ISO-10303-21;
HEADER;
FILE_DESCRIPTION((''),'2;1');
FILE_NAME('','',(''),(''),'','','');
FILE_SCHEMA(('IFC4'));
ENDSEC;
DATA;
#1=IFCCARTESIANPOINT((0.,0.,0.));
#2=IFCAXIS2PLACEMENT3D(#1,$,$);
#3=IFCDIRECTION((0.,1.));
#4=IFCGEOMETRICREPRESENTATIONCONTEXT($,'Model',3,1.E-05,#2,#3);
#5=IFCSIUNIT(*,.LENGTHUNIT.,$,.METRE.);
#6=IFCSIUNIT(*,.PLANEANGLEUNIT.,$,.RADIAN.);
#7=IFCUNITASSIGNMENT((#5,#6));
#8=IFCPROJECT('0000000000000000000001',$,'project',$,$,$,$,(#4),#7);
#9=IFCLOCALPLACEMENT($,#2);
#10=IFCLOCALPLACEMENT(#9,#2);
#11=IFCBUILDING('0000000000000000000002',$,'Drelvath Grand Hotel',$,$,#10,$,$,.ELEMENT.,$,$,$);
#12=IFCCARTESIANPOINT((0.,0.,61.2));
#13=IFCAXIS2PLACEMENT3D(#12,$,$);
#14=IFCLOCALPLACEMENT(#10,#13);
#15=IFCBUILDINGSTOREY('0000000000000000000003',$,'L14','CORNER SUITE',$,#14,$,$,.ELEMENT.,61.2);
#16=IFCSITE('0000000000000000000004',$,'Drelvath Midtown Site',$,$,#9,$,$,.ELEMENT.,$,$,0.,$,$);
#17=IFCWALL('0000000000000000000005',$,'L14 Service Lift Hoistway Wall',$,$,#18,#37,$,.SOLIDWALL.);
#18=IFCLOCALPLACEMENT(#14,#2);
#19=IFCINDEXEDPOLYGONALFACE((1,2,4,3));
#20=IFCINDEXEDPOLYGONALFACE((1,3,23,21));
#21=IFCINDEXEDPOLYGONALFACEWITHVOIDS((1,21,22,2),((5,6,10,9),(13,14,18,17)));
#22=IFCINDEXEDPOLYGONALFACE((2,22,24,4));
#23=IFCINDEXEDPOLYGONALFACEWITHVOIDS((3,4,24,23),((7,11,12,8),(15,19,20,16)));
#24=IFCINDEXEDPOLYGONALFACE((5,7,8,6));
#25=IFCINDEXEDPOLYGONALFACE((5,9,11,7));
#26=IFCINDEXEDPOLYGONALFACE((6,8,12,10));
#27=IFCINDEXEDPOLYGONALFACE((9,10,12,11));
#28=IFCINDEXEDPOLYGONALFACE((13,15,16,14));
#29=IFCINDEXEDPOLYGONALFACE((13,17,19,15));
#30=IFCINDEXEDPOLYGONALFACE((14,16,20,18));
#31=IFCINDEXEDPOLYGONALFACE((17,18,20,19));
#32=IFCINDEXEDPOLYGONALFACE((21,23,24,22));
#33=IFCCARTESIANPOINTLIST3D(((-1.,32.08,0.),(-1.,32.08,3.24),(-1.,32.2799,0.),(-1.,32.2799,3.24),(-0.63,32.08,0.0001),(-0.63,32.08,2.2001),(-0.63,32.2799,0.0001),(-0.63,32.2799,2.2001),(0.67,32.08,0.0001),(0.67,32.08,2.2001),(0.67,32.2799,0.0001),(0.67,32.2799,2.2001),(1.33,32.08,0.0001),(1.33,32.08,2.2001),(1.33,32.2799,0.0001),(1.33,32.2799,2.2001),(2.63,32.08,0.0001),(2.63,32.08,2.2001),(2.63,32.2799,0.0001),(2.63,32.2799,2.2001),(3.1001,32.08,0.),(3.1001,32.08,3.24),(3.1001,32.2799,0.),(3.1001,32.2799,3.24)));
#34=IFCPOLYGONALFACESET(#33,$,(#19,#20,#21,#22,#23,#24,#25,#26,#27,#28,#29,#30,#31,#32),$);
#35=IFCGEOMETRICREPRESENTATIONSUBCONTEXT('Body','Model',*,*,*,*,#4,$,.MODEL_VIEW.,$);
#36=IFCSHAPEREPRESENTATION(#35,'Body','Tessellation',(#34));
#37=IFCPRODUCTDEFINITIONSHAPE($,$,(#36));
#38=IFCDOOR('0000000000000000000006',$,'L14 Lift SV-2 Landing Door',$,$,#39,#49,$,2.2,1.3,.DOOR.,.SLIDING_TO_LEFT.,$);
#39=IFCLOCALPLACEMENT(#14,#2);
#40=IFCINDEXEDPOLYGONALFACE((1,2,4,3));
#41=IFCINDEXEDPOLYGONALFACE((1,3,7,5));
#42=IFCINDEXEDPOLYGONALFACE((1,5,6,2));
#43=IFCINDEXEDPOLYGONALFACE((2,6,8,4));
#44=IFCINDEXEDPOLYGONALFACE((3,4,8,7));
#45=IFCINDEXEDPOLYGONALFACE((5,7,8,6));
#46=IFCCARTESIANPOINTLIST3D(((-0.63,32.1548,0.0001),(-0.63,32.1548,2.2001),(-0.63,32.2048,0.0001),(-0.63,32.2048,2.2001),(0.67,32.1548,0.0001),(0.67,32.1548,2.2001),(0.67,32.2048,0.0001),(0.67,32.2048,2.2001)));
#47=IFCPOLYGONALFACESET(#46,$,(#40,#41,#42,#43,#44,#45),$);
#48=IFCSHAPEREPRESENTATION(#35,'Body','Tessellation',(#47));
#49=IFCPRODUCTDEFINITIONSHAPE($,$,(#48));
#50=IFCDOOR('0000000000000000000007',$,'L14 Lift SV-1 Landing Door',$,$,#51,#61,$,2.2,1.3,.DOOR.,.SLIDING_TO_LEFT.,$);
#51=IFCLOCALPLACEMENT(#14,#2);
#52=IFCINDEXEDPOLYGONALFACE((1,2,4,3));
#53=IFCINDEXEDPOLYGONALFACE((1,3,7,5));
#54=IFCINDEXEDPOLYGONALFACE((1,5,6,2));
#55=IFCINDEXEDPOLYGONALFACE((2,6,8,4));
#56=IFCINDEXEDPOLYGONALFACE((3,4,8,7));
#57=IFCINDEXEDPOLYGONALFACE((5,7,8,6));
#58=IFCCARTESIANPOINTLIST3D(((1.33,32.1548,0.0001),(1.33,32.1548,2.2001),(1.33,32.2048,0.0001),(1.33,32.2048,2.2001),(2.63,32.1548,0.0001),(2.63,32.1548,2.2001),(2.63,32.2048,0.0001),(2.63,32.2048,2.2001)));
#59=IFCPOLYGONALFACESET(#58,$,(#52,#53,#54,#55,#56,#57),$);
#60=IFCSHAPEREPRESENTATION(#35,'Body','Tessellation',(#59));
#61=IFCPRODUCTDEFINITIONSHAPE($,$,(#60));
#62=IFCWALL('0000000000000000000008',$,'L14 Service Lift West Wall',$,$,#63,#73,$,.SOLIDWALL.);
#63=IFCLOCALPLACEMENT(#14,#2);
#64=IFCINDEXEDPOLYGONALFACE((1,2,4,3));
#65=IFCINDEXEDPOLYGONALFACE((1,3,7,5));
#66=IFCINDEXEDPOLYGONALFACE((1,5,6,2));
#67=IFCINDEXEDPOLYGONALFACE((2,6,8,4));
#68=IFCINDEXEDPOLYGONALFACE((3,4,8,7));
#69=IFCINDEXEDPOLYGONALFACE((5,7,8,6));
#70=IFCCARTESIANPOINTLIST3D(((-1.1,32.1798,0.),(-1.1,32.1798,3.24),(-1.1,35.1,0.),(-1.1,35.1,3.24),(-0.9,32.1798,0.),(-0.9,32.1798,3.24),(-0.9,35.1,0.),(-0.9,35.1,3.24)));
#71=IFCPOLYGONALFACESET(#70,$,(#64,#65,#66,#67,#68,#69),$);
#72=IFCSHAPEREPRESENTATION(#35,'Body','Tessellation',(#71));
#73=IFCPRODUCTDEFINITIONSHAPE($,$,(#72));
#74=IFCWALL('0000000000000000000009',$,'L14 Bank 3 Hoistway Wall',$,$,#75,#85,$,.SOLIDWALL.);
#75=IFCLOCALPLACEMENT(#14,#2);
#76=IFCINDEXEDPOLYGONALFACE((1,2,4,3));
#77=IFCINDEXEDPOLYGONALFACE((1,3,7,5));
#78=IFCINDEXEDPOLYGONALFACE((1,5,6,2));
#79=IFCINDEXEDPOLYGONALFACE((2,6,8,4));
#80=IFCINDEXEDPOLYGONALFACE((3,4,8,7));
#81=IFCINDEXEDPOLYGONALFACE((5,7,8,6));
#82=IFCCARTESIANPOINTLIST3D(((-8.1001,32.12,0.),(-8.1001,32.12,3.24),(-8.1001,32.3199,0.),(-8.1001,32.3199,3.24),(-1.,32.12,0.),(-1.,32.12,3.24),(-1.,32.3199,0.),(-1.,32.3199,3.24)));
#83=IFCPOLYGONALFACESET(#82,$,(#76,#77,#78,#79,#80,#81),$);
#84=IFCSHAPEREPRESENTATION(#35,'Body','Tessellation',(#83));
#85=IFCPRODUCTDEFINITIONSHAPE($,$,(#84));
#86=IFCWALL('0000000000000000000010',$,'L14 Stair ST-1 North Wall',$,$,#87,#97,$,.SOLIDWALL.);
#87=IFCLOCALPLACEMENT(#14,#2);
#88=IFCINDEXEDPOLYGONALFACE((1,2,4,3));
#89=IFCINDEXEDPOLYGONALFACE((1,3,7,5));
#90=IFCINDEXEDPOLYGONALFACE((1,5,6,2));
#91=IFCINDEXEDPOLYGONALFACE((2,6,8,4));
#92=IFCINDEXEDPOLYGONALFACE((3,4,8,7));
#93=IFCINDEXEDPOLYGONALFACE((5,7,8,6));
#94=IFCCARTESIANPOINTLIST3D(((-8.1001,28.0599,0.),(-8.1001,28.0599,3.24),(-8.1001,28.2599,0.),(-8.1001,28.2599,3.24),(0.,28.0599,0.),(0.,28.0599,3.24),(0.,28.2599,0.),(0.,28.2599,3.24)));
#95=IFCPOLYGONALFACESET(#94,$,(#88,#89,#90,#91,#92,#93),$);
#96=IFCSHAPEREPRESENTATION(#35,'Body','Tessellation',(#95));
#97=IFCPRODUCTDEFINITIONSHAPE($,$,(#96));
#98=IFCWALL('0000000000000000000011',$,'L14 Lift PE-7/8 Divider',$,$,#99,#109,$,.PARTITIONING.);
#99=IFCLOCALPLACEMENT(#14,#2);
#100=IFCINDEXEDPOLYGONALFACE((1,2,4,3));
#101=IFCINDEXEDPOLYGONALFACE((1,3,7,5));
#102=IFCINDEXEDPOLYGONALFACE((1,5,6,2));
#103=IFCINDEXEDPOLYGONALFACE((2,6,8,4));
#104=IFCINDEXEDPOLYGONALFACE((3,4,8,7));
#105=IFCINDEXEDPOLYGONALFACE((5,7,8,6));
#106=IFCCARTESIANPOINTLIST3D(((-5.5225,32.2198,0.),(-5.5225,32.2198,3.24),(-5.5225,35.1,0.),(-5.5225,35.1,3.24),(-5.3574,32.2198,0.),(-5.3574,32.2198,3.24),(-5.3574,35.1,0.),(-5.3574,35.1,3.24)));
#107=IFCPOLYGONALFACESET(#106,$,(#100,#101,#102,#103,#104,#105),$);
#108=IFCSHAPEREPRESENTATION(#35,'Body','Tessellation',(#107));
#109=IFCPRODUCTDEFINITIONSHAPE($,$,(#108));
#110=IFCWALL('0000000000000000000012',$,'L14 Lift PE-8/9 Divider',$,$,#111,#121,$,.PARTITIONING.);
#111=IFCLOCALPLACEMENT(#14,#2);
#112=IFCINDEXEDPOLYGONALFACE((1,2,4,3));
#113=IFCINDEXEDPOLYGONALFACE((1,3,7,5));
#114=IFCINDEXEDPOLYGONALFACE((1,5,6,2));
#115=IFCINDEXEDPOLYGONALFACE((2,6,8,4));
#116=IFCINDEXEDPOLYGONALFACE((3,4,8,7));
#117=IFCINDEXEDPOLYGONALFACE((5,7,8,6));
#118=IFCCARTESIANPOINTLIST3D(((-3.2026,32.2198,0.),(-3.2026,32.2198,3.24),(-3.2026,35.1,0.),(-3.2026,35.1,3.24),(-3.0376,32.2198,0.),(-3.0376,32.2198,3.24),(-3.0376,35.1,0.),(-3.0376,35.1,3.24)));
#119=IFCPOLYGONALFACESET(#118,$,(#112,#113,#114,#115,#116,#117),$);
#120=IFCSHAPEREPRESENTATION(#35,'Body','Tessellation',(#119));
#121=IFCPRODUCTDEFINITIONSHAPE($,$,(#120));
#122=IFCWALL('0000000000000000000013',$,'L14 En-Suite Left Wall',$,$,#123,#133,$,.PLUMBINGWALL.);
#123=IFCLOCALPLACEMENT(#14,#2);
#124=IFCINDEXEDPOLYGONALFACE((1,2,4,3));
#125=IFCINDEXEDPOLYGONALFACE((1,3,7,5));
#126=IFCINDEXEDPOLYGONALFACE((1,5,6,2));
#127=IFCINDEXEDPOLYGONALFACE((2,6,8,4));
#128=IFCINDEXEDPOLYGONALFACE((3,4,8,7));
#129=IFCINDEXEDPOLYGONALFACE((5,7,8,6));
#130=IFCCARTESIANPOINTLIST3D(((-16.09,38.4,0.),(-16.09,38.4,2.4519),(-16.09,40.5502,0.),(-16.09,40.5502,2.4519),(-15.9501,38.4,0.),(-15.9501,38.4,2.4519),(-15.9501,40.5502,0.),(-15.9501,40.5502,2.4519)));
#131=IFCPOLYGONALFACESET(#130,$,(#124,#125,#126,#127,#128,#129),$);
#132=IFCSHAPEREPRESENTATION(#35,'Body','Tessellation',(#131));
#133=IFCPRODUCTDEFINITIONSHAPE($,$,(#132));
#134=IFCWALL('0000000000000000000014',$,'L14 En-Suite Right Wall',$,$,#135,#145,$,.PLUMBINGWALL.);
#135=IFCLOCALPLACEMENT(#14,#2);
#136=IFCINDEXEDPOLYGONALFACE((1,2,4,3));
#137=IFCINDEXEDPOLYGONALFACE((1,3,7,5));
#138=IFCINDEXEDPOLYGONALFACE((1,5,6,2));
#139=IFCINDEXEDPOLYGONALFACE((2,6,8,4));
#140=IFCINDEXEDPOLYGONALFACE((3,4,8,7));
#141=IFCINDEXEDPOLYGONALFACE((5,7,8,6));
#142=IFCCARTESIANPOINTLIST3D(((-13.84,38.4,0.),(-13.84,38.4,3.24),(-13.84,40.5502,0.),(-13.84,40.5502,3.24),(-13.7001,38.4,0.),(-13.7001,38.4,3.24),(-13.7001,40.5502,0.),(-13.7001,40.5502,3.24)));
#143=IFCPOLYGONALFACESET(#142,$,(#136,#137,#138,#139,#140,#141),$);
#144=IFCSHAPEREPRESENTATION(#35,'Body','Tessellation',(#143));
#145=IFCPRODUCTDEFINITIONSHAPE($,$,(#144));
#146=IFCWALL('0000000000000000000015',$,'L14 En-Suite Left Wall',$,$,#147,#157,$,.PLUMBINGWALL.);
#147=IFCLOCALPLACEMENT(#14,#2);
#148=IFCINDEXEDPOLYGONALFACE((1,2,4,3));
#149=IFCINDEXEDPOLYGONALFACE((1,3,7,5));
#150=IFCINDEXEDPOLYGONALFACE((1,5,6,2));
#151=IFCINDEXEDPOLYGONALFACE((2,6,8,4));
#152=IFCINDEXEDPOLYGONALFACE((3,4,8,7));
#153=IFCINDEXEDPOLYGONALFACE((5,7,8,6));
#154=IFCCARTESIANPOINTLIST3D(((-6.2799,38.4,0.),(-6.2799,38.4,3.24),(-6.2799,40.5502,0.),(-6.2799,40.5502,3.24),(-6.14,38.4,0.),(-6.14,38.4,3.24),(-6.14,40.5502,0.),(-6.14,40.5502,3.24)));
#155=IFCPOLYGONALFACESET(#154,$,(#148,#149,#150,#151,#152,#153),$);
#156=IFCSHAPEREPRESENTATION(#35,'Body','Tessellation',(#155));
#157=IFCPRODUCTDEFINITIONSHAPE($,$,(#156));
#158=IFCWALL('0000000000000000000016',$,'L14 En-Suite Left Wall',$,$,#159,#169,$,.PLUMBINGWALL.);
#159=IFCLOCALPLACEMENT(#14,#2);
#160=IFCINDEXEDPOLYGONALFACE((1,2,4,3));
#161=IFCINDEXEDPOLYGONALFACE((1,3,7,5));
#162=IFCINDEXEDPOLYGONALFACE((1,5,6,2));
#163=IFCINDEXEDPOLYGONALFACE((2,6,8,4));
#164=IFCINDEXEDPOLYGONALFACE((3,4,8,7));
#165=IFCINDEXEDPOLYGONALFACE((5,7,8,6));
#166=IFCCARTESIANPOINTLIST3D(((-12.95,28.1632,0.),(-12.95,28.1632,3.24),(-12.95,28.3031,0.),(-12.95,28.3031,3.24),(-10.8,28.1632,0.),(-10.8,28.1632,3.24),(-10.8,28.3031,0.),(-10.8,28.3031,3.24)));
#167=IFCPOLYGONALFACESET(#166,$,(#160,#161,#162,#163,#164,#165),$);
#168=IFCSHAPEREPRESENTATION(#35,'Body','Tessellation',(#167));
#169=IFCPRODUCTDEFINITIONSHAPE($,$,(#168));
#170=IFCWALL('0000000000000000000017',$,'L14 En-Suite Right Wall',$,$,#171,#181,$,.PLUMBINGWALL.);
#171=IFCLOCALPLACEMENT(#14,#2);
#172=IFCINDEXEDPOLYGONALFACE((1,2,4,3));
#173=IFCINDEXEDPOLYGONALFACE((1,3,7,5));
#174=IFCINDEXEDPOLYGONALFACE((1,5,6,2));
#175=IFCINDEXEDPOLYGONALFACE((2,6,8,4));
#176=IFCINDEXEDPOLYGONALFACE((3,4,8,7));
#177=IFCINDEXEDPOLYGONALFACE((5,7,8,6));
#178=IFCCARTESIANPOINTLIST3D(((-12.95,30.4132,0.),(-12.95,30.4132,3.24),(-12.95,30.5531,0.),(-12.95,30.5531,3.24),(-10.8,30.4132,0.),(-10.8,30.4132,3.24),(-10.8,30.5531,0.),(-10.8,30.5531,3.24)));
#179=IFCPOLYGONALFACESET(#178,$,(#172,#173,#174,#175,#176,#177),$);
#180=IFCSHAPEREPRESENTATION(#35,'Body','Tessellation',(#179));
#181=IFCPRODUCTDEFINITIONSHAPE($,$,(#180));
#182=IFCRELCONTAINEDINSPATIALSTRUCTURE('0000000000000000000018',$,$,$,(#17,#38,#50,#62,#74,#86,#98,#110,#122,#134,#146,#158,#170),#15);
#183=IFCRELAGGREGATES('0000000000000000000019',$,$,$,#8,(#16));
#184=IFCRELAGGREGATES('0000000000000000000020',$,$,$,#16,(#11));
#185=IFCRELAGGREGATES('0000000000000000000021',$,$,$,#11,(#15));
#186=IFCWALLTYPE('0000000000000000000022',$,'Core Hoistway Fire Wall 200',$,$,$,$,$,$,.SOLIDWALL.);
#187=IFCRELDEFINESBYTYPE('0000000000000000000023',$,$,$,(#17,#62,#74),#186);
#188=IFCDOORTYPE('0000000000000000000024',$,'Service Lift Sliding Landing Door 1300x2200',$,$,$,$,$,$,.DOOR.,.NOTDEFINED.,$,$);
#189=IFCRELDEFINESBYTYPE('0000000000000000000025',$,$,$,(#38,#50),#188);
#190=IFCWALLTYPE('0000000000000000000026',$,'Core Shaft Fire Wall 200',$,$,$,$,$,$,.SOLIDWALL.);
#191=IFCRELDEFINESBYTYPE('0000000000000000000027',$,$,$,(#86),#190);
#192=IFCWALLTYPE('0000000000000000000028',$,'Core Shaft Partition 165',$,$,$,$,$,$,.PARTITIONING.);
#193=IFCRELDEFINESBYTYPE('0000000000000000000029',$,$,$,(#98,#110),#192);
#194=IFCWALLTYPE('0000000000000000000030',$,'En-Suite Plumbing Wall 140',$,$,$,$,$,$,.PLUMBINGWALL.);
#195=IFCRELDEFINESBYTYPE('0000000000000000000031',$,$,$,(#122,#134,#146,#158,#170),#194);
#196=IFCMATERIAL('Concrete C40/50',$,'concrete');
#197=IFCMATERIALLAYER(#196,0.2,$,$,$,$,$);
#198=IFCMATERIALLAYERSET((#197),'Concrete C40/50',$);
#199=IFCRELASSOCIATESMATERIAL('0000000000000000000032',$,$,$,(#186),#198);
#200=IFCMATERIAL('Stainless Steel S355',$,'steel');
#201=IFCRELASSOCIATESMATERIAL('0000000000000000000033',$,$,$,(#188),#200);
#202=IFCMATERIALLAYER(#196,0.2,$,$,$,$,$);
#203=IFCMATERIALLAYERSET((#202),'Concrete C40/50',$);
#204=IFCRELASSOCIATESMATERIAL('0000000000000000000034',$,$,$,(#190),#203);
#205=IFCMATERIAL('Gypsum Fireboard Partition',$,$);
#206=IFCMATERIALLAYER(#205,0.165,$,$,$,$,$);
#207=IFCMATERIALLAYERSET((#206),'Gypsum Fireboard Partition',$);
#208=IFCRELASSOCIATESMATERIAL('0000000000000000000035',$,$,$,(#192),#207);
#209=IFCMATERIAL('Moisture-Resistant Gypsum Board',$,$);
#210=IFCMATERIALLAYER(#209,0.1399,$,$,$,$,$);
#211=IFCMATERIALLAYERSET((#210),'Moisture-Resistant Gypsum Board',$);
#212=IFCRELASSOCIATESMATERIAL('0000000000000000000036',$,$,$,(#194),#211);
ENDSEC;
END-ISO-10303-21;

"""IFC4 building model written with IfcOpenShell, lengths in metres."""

from ifc_helpers import new_model, si_unit, direction, frame, frame_2d, origin, place, context, subcontext, project, spatial, rectangle, extrude, material, layer, layer_set, type_object, element, fill, save


model = new_model("IFC4")

# Units and contexts
model_context = context("Model", 3, precision=1e-05, world=origin(), true_north=direction((0.0, 1.0)))
body_context = subcontext(model_context, "Body", "Model", "MODEL_VIEW")
ifc_project = project(units=[si_unit("LENGTHUNIT", "METRE"), si_unit("PLANEANGLEUNIT", "RADIAN")], contexts=[model_context])

# Site, building, storey
site_placement = place(None, origin())
site = spatial("IfcSite", under=ifc_project, at=site_placement, Name="Drelvath Midtown Site", CompositionType="ELEMENT", RefElevation=0.0)
building_placement = place(site_placement, origin())
building = spatial("IfcBuilding", under=site, at=building_placement, Name="Drelvath Grand Hotel", CompositionType="ELEMENT")
storey_placement = place(building_placement, frame((0.0, 0.0, 61.2)))
storey = spatial("IfcBuildingStorey", under=building, at=storey_placement, Name="L14", Description="CORNER SUITE", CompositionType="ELEMENT", Elevation=61.2)

# Wall, openings, doors
ifc_material_1 = material(Name="Concrete C40/50", Category="concrete")
ifc_layer_1 = layer(ifc_material_1, 0.2)
ifc_layer_set_1 = layer_set([ifc_layer_1], Name="Concrete C40/50")
wall_type_1 = type_object("IfcWallType", Name="Core Hoistway Fire Wall 200", PredefinedType="SOLIDWALL", material=ifc_layer_set_1)
wall_1_placement = place(storey_placement, frame((-1.0, 32.1799, 0.0), z_axis=(0.0, 0.0, 1.0), x_axis=(1.0, 0.0, 0.0)))
wall_1 = element("IfcWall", 1, at=wall_1_placement, inside=storey, type_object=wall_type_1, Name="L14 Service Lift Hoistway Wall", PredefinedType="SOLIDWALL", context=body_context, shape_type="SweptSolid", body=[
    extrude(rectangle(XDim=4.1001, YDim=0.2, at=frame_2d((2.05, 0.0))), origin(), (0.0, 0.0, 1.0), 3.24),
])
opening_1_placement = place(wall_1_placement, frame((0.3701, 0.0, 0.0)))
opening_1 = element("IfcOpeningElement", 2, at=opening_1_placement, cuts=wall_1, PredefinedType="OPENING", context=body_context, shape_type="SweptSolid", body=[
    extrude(rectangle(XDim=1.3, YDim=2.2, at=frame_2d((0.6499, 1.1001))), frame((0.0, 0.1099, 0.0), z_axis=(0.0, -1.0, 0.0), x_axis=(1.0, 0.0, 0.0)), (0.0, 0.0, 1.0), 0.22),
])
opening_2_placement = place(wall_1_placement, frame((2.3301, 0.0, 0.0)))
opening_2 = element("IfcOpeningElement", 3, at=opening_2_placement, cuts=wall_1, PredefinedType="OPENING", context=body_context, shape_type="SweptSolid", body=[
    extrude(rectangle(XDim=1.3, YDim=2.2, at=frame_2d((0.6499, 1.1001))), frame((0.0, 0.1099, 0.0), z_axis=(0.0, -1.0, 0.0), x_axis=(1.0, 0.0, 0.0)), (0.0, 0.0, 1.0), 0.22),
])
ifc_material_2 = material(Name="Stainless Steel S355", Category="steel")
door_type_1 = type_object("IfcDoorType", Name="Service Lift Sliding Landing Door 1300x2200", OperationType="NOTDEFINED", PredefinedType="DOOR", material=ifc_material_2)
door_1_placement = place(opening_1_placement, origin())
door_1 = element("IfcDoor", 4, at=door_1_placement, inside=storey, type_object=door_type_1, Name="L14 Lift SV-2 Landing Door", OperationType="SLIDING_TO_LEFT", OverallHeight=2.2, OverallWidth=1.3, PredefinedType="DOOR", context=body_context, shape_type="SweptSolid", body=[
    extrude(rectangle(XDim=1.3, YDim=2.2, at=frame_2d((0.6499, 1.1001))), frame((0.0, 0.0249, 0.0), z_axis=(0.0, -1.0, 0.0), x_axis=(1.0, 0.0, 0.0)), (0.0, 0.0, 1.0), 0.05),
])
fill(opening_1, door_1)
door_2_placement = place(opening_2_placement, origin())
door_2 = element("IfcDoor", 5, at=door_2_placement, inside=storey, type_object=door_type_1, Name="L14 Lift SV-1 Landing Door", OperationType="SLIDING_TO_LEFT", OverallHeight=2.2, OverallWidth=1.3, PredefinedType="DOOR", context=body_context, shape_type="SweptSolid", body=[
    extrude(rectangle(XDim=1.3, YDim=2.2, at=frame_2d((0.6499, 1.1001))), frame((0.0, 0.0249, 0.0), z_axis=(0.0, -1.0, 0.0), x_axis=(1.0, 0.0, 0.0)), (0.0, 0.0, 1.0), 0.05),
])
fill(opening_2, door_2)

# Walls
wall_2_placement = place(storey_placement, frame((-1.0, 32.1799, 0.0), z_axis=(0.0, 0.0, 1.0), x_axis=(0.0, 1.0, 0.0)))
element("IfcWall", 6, at=wall_2_placement, inside=storey, type_object=wall_type_1, Name="L14 Service Lift West Wall", PredefinedType="SOLIDWALL", context=body_context, shape_type="SweptSolid", body=[
    extrude(rectangle(XDim=2.9202, YDim=0.2, at=frame_2d((1.46, 0.0))), origin(), (0.0, 0.0, 1.0), 3.24),
])
wall_3_placement = place(storey_placement, frame((-8.1001, 32.22, 0.0), z_axis=(0.0, 0.0, 1.0), x_axis=(1.0, 0.0, 0.0)))
element("IfcWall", 7, at=wall_3_placement, inside=storey, type_object=wall_type_1, Name="L14 Bank 3 Hoistway Wall", PredefinedType="SOLIDWALL", context=body_context, shape_type="SweptSolid", body=[
    extrude(rectangle(XDim=7.1001, YDim=0.2, at=frame_2d((3.55, 0.0))), origin(), (0.0, 0.0, 1.0), 3.24),
])
ifc_layer_2 = layer(ifc_material_1, 0.2)
ifc_layer_set_2 = layer_set([ifc_layer_2], Name="Concrete C40/50")
wall_type_2 = type_object("IfcWallType", Name="Core Shaft Fire Wall 200", PredefinedType="SOLIDWALL", material=ifc_layer_set_2)
wall_4_placement = place(storey_placement, frame((-8.1001, 28.1599, 0.0), z_axis=(0.0, 0.0, 1.0), x_axis=(1.0, 0.0, 0.0)))
element("IfcWall", 8, at=wall_4_placement, inside=storey, type_object=wall_type_2, Name="L14 Stair ST-1 North Wall", PredefinedType="SOLIDWALL", context=body_context, shape_type="SweptSolid", body=[
    extrude(rectangle(XDim=8.1001, YDim=0.2, at=frame_2d((4.05, 0.0))), origin(), (0.0, 0.0, 1.0), 3.24),
])
ifc_material_3 = material(Name="Gypsum Fireboard Partition")
ifc_layer_3 = layer(ifc_material_3, 0.165)
ifc_layer_set_3 = layer_set([ifc_layer_3], Name="Gypsum Fireboard Partition")
wall_type_3 = type_object("IfcWallType", Name="Core Shaft Partition 165", PredefinedType="PARTITIONING", material=ifc_layer_set_3)
for number, where, z_axis, x_axis, name in (
    (9, (-5.4399, 32.22, 0.0), (0.0, 0.0, 1.0), (0.0, 1.0, 0.0), "L14 Lift PE-7/8 Divider"),
    (10, (-3.1201, 32.22, 0.0), (0.0, 0.0, 1.0), (0.0, 1.0, 0.0), "L14 Lift PE-8/9 Divider"),
):
    element("IfcWall", number, at=place(storey_placement, frame(where, z_axis=z_axis, x_axis=x_axis)), inside=storey, type_object=wall_type_3, Name=name, PredefinedType="PARTITIONING", context=body_context, shape_type="SweptSolid", body=[
        extrude(rectangle(XDim=2.8801, YDim=0.165, at=frame_2d((1.4399, 0.0))), origin(), (0.0, 0.0, 1.0), 3.24),
    ])
ifc_material_4 = material(Name="Moisture-Resistant Gypsum Board")
ifc_layer_4 = layer(ifc_material_4, 0.1399)
ifc_layer_set_4 = layer_set([ifc_layer_4], Name="Moisture-Resistant Gypsum Board")
wall_type_4 = type_object("IfcWallType", Name="En-Suite Plumbing Wall 140", PredefinedType="PLUMBINGWALL", material=ifc_layer_set_4)
wall_5_placement = place(storey_placement, frame((-16.02, 38.3999, 0.0), z_axis=(0.0, 0.0, 1.0), x_axis=(0.0, 1.0, 0.0)))
element("IfcWall", 11, at=wall_5_placement, inside=storey, type_object=wall_type_4, Name="L14 En-Suite Left Wall", PredefinedType="PLUMBINGWALL", context=body_context, shape_type="SweptSolid", body=[
    extrude(rectangle(XDim=2.1501, YDim=0.1399, at=frame_2d((1.0752, 0.0))), origin(), (0.0, 0.0, 1.0), 2.4519),
])
for number, where, z_axis, x_axis, name in (
    (12, (-13.77, 38.3999, 0.0), (0.0, 0.0, 1.0), (0.0, 1.0, 0.0), "L14 En-Suite Right Wall"),
    (13, (-6.21, 38.3999, 0.0), (0.0, 0.0, 1.0), (0.0, 1.0, 0.0), "L14 En-Suite Left Wall"),
):
    element("IfcWall", number, at=place(storey_placement, frame(where, z_axis=z_axis, x_axis=x_axis)), inside=storey, type_object=wall_type_4, Name=name, PredefinedType="PLUMBINGWALL", context=body_context, shape_type="SweptSolid", body=[
        extrude(rectangle(XDim=2.1501, YDim=0.1399, at=frame_2d((1.0752, 0.0))), origin(), (0.0, 0.0, 1.0), 3.24),
    ])
for number, where, z_axis, x_axis, name in (
    (14, (-10.8, 28.2332, 0.0), (0.0, 0.0, 1.0), (-1.0, 0.0, 0.0), "L14 En-Suite Left Wall"),
    (15, (-10.8, 30.4832, 0.0), (0.0, 0.0, 1.0), (-1.0, 0.0, 0.0), "L14 En-Suite Right Wall"),
):
    element("IfcWall", number, at=place(storey_placement, frame(where, z_axis=z_axis, x_axis=x_axis)), inside=storey, type_object=wall_type_4, Name=name, PredefinedType="PLUMBINGWALL", context=body_context, shape_type="SweptSolid", body=[
        extrude(rectangle(XDim=2.1499, YDim=0.1399, at=frame_2d((1.075, 0.0))), origin(), (0.0, 0.0, 1.0), 3.24),
    ])

save(model, "model.ifc")
